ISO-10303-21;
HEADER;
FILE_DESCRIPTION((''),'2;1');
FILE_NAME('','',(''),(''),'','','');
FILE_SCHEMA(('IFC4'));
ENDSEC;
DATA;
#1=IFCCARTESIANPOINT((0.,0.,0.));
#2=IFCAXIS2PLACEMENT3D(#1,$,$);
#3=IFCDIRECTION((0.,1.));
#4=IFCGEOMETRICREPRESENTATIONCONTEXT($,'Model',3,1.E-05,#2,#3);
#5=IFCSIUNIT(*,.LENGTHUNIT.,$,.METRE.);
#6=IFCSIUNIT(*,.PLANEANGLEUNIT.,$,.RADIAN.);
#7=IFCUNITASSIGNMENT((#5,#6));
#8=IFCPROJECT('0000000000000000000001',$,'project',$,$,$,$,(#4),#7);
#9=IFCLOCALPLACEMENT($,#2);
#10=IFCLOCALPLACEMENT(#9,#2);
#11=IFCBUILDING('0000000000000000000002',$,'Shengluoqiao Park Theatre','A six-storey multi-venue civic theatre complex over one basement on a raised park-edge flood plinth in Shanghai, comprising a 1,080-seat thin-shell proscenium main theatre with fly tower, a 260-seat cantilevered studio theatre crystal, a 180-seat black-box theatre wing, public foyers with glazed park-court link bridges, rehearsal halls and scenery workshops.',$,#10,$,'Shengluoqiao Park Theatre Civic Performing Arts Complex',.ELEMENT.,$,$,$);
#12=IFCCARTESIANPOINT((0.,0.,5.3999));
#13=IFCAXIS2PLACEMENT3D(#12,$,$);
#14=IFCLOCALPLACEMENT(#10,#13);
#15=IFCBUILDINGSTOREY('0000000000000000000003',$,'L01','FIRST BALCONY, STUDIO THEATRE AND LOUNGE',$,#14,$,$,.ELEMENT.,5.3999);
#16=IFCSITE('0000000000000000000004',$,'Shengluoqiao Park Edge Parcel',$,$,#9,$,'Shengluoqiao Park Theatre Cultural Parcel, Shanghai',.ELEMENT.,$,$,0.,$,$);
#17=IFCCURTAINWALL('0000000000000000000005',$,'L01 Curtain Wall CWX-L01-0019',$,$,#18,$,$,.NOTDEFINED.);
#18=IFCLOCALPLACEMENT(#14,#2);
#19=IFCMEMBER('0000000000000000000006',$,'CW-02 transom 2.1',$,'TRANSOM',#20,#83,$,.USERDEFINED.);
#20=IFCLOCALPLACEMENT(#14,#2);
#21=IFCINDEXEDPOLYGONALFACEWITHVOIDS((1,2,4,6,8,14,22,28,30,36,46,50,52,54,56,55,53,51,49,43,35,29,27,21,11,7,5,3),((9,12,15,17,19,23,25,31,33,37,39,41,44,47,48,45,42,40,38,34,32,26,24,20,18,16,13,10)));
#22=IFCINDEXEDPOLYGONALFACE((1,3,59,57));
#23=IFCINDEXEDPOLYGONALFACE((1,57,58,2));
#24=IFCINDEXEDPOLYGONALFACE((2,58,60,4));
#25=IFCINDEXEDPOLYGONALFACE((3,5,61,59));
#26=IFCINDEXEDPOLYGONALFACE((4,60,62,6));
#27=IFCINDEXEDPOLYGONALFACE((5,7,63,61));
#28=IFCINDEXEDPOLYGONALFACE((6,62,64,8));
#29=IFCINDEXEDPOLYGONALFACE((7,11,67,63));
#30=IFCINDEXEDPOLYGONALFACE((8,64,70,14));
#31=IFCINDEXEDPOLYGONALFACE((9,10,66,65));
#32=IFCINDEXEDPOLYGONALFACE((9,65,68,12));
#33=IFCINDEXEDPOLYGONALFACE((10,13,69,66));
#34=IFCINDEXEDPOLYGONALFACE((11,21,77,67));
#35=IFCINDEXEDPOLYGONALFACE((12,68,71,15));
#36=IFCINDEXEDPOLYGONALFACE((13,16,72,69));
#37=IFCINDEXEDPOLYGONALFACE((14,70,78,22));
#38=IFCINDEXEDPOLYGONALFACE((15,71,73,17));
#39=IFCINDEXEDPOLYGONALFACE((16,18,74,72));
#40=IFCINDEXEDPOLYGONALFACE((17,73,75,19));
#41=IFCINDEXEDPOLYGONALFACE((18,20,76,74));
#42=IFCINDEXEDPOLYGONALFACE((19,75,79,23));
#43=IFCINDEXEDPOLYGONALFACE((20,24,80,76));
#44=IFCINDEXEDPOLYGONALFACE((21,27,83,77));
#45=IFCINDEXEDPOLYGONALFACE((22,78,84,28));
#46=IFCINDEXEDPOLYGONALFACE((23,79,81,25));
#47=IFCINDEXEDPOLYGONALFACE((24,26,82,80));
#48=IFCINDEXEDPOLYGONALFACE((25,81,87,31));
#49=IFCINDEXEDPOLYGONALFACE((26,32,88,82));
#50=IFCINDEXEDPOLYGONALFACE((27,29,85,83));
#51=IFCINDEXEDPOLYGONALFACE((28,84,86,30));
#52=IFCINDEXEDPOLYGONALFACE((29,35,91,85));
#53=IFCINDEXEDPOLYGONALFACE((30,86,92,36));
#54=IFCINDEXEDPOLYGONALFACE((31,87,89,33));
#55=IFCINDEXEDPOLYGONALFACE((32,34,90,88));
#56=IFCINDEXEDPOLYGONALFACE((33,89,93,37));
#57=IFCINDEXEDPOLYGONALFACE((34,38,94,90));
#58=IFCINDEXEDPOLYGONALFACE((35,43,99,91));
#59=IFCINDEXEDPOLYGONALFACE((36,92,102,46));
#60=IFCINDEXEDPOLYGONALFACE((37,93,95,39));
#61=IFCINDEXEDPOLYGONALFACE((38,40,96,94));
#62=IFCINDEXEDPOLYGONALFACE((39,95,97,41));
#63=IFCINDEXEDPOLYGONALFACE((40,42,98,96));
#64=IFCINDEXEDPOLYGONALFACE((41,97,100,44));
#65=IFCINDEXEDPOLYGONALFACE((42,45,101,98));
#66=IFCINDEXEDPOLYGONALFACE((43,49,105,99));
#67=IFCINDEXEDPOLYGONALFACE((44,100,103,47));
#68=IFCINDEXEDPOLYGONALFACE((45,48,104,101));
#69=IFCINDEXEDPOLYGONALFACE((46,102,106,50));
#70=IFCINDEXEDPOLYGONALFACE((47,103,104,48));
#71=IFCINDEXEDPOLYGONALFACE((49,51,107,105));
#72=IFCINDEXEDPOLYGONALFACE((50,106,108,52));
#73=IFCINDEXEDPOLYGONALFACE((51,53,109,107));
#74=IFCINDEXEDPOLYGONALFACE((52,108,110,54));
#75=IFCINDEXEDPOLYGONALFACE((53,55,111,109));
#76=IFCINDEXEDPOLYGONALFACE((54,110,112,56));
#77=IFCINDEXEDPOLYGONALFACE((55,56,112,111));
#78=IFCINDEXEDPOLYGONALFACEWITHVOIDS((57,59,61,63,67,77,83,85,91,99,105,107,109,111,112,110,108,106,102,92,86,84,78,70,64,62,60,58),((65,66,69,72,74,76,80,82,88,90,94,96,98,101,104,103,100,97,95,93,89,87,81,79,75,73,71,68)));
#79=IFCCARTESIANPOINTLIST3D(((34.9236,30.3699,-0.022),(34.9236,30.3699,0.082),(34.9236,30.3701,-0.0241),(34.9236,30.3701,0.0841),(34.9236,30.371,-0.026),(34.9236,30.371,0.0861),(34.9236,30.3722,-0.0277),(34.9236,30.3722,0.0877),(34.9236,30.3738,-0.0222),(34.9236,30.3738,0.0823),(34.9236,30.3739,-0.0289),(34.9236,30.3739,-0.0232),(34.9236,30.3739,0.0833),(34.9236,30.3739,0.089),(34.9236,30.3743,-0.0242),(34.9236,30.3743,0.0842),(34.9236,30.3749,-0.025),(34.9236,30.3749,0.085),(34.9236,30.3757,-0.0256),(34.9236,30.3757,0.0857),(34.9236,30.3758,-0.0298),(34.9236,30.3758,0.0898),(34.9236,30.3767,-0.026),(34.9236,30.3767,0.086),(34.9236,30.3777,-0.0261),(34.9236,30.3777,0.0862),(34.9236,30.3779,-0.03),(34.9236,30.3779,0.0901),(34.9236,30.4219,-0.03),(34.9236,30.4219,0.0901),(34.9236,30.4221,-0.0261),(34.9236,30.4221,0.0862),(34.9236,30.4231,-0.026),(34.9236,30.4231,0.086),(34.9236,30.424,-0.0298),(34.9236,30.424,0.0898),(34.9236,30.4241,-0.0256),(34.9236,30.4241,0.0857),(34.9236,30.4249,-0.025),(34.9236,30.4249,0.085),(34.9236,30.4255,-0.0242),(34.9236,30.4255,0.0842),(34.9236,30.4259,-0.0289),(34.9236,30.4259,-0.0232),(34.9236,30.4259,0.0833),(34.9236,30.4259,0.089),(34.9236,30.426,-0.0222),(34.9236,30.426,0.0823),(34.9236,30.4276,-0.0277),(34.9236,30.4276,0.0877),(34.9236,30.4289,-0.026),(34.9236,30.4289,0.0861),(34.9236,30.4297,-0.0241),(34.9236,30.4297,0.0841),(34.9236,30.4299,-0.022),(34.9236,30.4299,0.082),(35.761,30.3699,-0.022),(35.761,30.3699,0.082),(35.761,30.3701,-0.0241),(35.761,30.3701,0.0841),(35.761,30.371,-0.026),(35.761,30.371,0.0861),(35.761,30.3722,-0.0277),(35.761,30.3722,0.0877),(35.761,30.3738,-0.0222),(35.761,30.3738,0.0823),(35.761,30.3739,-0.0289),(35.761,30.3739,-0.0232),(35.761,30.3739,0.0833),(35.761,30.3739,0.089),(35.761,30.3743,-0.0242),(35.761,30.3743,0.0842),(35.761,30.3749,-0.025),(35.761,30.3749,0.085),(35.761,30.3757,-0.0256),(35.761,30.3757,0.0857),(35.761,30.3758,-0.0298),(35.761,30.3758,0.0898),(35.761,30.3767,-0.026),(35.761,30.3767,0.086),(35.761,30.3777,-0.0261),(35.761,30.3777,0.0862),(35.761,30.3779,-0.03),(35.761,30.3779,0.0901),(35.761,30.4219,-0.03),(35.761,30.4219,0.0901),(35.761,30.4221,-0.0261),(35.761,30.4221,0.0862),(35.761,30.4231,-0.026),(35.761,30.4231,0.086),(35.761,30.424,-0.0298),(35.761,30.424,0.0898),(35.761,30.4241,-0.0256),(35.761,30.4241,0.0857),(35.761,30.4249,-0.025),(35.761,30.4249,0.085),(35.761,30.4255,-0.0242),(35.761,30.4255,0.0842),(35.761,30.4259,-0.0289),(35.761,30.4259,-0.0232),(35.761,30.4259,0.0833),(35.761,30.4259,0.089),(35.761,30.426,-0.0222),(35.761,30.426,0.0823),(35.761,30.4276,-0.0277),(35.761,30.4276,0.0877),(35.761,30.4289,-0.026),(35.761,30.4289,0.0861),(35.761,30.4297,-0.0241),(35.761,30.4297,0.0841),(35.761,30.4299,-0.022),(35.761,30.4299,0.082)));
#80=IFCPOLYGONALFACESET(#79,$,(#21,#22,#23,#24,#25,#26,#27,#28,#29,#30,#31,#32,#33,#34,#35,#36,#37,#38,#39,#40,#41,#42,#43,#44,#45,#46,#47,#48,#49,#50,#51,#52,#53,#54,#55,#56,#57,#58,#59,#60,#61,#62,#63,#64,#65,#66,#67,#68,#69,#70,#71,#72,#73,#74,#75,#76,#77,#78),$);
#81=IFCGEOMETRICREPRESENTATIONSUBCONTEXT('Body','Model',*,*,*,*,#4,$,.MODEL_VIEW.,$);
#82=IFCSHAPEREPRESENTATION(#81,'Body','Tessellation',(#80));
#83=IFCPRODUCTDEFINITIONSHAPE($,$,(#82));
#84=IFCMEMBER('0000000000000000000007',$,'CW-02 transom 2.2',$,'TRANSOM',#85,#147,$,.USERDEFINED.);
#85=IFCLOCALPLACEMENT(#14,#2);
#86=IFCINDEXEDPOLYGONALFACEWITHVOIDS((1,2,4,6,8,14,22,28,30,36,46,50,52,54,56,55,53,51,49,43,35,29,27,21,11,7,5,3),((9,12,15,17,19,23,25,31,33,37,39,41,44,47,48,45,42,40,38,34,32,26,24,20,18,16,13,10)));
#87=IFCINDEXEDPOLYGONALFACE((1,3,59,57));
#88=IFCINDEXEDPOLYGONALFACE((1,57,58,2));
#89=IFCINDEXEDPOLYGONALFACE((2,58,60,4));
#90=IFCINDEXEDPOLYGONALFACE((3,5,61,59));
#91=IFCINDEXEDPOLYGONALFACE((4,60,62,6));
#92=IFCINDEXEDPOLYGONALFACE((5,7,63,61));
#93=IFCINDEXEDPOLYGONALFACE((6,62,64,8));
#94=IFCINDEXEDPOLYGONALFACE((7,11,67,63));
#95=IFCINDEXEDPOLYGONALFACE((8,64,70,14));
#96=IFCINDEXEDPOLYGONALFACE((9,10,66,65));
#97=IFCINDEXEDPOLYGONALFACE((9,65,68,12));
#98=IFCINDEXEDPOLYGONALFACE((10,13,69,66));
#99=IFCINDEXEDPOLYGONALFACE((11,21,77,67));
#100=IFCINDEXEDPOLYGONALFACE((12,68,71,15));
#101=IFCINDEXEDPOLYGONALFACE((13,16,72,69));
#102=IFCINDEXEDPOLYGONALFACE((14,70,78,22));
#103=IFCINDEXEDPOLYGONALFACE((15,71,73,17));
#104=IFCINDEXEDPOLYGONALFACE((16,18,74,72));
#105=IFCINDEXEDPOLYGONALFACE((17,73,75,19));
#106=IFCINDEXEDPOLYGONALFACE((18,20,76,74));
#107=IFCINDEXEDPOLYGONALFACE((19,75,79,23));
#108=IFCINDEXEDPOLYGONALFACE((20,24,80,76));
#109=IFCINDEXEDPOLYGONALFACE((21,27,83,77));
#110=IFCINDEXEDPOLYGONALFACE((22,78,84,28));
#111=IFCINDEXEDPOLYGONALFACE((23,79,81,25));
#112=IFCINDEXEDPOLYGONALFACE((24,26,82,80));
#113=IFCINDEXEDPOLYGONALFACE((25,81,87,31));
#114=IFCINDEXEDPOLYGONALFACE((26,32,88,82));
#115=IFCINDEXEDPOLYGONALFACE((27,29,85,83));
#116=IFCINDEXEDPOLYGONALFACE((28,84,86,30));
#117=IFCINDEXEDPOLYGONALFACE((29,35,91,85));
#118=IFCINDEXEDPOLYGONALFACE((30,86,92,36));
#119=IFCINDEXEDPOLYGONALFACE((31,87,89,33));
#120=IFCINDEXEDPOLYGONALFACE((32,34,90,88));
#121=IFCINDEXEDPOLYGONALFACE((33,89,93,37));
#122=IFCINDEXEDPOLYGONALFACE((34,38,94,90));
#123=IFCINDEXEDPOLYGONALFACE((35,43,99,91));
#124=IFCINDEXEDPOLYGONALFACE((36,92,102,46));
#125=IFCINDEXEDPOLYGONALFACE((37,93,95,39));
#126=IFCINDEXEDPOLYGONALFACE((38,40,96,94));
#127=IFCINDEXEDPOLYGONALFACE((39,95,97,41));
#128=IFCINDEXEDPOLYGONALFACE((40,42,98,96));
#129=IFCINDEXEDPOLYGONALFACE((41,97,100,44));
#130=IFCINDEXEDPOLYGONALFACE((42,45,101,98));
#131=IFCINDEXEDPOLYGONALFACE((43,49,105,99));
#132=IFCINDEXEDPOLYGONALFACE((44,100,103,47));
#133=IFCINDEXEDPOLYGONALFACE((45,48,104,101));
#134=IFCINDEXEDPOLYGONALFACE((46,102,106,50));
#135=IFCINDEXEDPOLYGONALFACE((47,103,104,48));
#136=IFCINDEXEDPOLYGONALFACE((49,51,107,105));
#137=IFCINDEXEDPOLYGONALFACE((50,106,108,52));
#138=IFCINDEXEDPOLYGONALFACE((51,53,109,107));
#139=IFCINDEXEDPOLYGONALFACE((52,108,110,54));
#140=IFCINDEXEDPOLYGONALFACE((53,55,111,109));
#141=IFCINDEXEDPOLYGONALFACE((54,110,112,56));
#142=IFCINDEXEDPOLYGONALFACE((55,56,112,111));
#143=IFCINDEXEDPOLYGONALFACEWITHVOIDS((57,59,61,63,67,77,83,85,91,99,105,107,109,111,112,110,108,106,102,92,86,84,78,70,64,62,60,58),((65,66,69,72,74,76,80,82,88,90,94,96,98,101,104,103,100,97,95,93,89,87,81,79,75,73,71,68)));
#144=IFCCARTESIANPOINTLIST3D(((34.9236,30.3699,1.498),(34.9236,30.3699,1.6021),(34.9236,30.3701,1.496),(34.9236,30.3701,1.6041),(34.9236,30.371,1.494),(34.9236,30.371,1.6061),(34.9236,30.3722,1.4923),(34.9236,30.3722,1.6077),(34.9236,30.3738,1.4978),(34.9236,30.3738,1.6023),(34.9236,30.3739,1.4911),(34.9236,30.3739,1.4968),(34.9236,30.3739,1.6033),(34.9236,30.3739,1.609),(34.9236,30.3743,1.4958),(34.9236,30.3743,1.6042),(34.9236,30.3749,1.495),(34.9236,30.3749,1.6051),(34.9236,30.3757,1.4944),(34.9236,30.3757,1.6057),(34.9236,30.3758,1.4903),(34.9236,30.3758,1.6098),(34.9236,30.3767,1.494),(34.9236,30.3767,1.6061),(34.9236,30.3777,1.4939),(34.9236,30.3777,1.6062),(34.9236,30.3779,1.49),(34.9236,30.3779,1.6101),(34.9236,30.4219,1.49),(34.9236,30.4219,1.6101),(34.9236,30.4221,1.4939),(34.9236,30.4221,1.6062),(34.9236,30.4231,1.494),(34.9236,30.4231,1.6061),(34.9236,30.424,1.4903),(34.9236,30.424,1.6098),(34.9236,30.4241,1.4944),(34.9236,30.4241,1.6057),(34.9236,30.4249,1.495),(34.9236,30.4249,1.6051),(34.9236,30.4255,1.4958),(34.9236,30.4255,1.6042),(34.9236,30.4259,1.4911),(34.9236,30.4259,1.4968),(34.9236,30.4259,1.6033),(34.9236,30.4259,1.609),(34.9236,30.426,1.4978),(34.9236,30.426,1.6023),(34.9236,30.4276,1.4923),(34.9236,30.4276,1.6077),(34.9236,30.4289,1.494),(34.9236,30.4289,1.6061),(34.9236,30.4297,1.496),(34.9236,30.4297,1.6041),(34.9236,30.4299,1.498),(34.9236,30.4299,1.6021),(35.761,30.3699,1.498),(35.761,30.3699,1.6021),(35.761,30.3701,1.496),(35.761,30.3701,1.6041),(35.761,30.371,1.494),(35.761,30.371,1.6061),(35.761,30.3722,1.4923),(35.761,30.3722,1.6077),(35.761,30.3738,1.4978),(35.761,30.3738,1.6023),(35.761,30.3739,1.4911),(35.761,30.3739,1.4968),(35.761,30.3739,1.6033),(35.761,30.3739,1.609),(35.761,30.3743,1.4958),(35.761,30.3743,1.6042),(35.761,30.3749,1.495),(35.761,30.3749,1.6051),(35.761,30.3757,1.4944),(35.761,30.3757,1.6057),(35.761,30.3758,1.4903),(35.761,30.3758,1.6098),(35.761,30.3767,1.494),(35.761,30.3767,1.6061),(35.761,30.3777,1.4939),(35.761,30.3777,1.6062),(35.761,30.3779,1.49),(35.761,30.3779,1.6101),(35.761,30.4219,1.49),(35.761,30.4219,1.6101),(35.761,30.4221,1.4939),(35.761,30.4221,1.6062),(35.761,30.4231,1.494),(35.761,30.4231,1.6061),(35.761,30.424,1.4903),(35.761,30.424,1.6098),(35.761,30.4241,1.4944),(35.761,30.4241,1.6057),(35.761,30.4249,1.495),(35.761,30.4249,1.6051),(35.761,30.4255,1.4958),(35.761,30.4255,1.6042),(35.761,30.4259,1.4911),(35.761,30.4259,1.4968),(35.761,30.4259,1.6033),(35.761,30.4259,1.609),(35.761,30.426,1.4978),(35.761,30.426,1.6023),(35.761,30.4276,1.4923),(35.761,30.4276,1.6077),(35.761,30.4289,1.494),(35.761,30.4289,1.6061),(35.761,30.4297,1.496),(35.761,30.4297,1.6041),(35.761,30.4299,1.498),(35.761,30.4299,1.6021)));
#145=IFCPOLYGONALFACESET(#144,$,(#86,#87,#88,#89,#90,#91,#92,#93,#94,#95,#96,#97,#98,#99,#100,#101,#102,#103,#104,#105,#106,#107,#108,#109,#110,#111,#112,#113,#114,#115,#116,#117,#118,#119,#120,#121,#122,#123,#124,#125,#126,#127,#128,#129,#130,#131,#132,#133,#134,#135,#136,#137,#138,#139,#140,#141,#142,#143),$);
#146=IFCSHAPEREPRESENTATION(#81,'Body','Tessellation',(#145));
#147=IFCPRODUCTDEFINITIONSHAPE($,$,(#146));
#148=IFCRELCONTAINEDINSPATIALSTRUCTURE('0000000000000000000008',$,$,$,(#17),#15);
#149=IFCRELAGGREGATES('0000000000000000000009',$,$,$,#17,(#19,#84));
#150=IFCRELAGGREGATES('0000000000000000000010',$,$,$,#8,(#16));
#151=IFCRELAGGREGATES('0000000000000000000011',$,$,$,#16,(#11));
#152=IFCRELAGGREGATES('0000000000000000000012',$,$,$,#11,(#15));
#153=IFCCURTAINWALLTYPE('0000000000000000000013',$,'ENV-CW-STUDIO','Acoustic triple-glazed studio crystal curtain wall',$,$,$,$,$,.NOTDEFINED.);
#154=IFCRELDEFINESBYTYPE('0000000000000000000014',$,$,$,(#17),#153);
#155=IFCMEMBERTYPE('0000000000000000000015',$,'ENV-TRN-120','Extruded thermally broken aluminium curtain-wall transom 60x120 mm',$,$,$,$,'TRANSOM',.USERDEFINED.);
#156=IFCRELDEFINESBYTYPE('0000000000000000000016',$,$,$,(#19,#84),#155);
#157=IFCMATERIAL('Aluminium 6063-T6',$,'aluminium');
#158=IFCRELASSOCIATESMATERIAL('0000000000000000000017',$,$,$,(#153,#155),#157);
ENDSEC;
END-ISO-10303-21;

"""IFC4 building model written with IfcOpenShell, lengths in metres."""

from ifc_helpers import new_model, si_unit, direction, frame, origin, origin_2d, place, context, subcontext, project, spatial, hollow_rectangle, extrude, material, material_profile, profile_set, type_object, element, aggregate, save


model = new_model("IFC4")

# Units and contexts
model_context = context("Model", 3, precision=1e-05, world=origin(), true_north=direction((0.0, 1.0)))
body_context = subcontext(model_context, "Body", "Model", "MODEL_VIEW")
ifc_project = project(units=[si_unit("LENGTHUNIT", "METRE"), si_unit("PLANEANGLEUNIT", "RADIAN")], contexts=[model_context])

# Site, building, storey
site_placement = place(None, origin())
site = spatial("IfcSite", under=ifc_project, at=site_placement, Name="Shengluoqiao Park Edge Parcel", LongName="Shengluoqiao Park Theatre Cultural Parcel, Shanghai", CompositionType="ELEMENT", RefElevation=0.0)
building_placement = place(site_placement, origin())
building = spatial("IfcBuilding", under=site, at=building_placement, Name="Shengluoqiao Park Theatre", Description="A six-storey multi-venue civic theatre complex over one basement on a raised park-edge flood plinth in Shanghai, comprising a 1,080-seat thin-shell proscenium main theatre with fly tower, a 260-seat cantilevered studio theatre crystal, a 180-seat black-box theatre wing, public foyers with glazed park-court link bridges, rehearsal halls and scenery workshops.", LongName="Shengluoqiao Park Theatre Civic Performing Arts Complex", CompositionType="ELEMENT")
storey_placement = place(building_placement, frame((0.0, 0.0, 5.3999)))
storey = spatial("IfcBuildingStorey", under=building, at=storey_placement, Name="L01", Description="FIRST BALCONY, STUDIO THEATRE AND LOUNGE", CompositionType="ELEMENT", Elevation=5.3999)

# Curtain wall, members
ifc_material_1 = material(Name="Aluminium 6063-T6", Category="aluminium")
curtain_wall_type = type_object("IfcCurtainWallType", Name="ENV-CW-STUDIO", Description="Acoustic triple-glazed studio crystal curtain wall", PredefinedType="NOTDEFINED", material=ifc_material_1)
curtain_wall_placement = place(storey_placement, origin())
curtain_wall = element("IfcCurtainWall", 1, at=curtain_wall_placement, inside=storey, type_object=curtain_wall_type, Name="L01 Curtain Wall CWX-L01-0019", PredefinedType="NOTDEFINED")
ifc_material_profile_1 = material_profile(ifc_material_1, hollow_rectangle(XDim=0.0601, YDim=0.1201, WallThickness=0.0039, InnerFilletRadius=0.0039, OuterFilletRadius=0.0081, at=origin_2d()), Name="ALU TRANSOM 120x60x4")
ifc_profile_set_1 = profile_set([ifc_material_profile_1], Name="Aluminium 6063-T6")
member_type_1 = type_object("IfcMemberType", Name="ENV-TRN-120", Description="Extruded thermally broken aluminium curtain-wall transom 60x120 mm", ElementType="TRANSOM", PredefinedType="USERDEFINED", material=ifc_profile_set_1)
member_1_placement = place(storey_placement, frame((34.9236, 30.3999, 0.03), z_axis=(1.0, 0.0, 0.0), x_axis=(0.0, 1.0, 0.0)))
member_1 = element("IfcMember", 2, at=member_1_placement, type_object=member_type_1, Name="CW-02 transom 2.1", ObjectType="TRANSOM", PredefinedType="USERDEFINED", context=body_context, shape_type="SweptSolid", body=[
    extrude(hollow_rectangle(XDim=0.0601, YDim=0.1201, WallThickness=0.0039, InnerFilletRadius=0.0039, OuterFilletRadius=0.0081, at=origin_2d()), origin(), (0.0, 0.0, 1.0), 0.8374),
])
member_2_placement = place(storey_placement, frame((34.9236, 30.3999, 1.55), z_axis=(1.0, 0.0, 0.0), x_axis=(0.0, 1.0, 0.0)))
member_2 = element("IfcMember", 3, at=member_2_placement, type_object=member_type_1, Name="CW-02 transom 2.2", ObjectType="TRANSOM", PredefinedType="USERDEFINED", context=body_context, shape_type="SweptSolid", body=[
    extrude(hollow_rectangle(XDim=0.0601, YDim=0.1201, WallThickness=0.0039, InnerFilletRadius=0.0039, OuterFilletRadius=0.0081, at=origin_2d()), origin(), (0.0, 0.0, 1.0), 0.8374),
])

aggregate(curtain_wall, [member_1, member_2])

save(model, "model.ifc")
